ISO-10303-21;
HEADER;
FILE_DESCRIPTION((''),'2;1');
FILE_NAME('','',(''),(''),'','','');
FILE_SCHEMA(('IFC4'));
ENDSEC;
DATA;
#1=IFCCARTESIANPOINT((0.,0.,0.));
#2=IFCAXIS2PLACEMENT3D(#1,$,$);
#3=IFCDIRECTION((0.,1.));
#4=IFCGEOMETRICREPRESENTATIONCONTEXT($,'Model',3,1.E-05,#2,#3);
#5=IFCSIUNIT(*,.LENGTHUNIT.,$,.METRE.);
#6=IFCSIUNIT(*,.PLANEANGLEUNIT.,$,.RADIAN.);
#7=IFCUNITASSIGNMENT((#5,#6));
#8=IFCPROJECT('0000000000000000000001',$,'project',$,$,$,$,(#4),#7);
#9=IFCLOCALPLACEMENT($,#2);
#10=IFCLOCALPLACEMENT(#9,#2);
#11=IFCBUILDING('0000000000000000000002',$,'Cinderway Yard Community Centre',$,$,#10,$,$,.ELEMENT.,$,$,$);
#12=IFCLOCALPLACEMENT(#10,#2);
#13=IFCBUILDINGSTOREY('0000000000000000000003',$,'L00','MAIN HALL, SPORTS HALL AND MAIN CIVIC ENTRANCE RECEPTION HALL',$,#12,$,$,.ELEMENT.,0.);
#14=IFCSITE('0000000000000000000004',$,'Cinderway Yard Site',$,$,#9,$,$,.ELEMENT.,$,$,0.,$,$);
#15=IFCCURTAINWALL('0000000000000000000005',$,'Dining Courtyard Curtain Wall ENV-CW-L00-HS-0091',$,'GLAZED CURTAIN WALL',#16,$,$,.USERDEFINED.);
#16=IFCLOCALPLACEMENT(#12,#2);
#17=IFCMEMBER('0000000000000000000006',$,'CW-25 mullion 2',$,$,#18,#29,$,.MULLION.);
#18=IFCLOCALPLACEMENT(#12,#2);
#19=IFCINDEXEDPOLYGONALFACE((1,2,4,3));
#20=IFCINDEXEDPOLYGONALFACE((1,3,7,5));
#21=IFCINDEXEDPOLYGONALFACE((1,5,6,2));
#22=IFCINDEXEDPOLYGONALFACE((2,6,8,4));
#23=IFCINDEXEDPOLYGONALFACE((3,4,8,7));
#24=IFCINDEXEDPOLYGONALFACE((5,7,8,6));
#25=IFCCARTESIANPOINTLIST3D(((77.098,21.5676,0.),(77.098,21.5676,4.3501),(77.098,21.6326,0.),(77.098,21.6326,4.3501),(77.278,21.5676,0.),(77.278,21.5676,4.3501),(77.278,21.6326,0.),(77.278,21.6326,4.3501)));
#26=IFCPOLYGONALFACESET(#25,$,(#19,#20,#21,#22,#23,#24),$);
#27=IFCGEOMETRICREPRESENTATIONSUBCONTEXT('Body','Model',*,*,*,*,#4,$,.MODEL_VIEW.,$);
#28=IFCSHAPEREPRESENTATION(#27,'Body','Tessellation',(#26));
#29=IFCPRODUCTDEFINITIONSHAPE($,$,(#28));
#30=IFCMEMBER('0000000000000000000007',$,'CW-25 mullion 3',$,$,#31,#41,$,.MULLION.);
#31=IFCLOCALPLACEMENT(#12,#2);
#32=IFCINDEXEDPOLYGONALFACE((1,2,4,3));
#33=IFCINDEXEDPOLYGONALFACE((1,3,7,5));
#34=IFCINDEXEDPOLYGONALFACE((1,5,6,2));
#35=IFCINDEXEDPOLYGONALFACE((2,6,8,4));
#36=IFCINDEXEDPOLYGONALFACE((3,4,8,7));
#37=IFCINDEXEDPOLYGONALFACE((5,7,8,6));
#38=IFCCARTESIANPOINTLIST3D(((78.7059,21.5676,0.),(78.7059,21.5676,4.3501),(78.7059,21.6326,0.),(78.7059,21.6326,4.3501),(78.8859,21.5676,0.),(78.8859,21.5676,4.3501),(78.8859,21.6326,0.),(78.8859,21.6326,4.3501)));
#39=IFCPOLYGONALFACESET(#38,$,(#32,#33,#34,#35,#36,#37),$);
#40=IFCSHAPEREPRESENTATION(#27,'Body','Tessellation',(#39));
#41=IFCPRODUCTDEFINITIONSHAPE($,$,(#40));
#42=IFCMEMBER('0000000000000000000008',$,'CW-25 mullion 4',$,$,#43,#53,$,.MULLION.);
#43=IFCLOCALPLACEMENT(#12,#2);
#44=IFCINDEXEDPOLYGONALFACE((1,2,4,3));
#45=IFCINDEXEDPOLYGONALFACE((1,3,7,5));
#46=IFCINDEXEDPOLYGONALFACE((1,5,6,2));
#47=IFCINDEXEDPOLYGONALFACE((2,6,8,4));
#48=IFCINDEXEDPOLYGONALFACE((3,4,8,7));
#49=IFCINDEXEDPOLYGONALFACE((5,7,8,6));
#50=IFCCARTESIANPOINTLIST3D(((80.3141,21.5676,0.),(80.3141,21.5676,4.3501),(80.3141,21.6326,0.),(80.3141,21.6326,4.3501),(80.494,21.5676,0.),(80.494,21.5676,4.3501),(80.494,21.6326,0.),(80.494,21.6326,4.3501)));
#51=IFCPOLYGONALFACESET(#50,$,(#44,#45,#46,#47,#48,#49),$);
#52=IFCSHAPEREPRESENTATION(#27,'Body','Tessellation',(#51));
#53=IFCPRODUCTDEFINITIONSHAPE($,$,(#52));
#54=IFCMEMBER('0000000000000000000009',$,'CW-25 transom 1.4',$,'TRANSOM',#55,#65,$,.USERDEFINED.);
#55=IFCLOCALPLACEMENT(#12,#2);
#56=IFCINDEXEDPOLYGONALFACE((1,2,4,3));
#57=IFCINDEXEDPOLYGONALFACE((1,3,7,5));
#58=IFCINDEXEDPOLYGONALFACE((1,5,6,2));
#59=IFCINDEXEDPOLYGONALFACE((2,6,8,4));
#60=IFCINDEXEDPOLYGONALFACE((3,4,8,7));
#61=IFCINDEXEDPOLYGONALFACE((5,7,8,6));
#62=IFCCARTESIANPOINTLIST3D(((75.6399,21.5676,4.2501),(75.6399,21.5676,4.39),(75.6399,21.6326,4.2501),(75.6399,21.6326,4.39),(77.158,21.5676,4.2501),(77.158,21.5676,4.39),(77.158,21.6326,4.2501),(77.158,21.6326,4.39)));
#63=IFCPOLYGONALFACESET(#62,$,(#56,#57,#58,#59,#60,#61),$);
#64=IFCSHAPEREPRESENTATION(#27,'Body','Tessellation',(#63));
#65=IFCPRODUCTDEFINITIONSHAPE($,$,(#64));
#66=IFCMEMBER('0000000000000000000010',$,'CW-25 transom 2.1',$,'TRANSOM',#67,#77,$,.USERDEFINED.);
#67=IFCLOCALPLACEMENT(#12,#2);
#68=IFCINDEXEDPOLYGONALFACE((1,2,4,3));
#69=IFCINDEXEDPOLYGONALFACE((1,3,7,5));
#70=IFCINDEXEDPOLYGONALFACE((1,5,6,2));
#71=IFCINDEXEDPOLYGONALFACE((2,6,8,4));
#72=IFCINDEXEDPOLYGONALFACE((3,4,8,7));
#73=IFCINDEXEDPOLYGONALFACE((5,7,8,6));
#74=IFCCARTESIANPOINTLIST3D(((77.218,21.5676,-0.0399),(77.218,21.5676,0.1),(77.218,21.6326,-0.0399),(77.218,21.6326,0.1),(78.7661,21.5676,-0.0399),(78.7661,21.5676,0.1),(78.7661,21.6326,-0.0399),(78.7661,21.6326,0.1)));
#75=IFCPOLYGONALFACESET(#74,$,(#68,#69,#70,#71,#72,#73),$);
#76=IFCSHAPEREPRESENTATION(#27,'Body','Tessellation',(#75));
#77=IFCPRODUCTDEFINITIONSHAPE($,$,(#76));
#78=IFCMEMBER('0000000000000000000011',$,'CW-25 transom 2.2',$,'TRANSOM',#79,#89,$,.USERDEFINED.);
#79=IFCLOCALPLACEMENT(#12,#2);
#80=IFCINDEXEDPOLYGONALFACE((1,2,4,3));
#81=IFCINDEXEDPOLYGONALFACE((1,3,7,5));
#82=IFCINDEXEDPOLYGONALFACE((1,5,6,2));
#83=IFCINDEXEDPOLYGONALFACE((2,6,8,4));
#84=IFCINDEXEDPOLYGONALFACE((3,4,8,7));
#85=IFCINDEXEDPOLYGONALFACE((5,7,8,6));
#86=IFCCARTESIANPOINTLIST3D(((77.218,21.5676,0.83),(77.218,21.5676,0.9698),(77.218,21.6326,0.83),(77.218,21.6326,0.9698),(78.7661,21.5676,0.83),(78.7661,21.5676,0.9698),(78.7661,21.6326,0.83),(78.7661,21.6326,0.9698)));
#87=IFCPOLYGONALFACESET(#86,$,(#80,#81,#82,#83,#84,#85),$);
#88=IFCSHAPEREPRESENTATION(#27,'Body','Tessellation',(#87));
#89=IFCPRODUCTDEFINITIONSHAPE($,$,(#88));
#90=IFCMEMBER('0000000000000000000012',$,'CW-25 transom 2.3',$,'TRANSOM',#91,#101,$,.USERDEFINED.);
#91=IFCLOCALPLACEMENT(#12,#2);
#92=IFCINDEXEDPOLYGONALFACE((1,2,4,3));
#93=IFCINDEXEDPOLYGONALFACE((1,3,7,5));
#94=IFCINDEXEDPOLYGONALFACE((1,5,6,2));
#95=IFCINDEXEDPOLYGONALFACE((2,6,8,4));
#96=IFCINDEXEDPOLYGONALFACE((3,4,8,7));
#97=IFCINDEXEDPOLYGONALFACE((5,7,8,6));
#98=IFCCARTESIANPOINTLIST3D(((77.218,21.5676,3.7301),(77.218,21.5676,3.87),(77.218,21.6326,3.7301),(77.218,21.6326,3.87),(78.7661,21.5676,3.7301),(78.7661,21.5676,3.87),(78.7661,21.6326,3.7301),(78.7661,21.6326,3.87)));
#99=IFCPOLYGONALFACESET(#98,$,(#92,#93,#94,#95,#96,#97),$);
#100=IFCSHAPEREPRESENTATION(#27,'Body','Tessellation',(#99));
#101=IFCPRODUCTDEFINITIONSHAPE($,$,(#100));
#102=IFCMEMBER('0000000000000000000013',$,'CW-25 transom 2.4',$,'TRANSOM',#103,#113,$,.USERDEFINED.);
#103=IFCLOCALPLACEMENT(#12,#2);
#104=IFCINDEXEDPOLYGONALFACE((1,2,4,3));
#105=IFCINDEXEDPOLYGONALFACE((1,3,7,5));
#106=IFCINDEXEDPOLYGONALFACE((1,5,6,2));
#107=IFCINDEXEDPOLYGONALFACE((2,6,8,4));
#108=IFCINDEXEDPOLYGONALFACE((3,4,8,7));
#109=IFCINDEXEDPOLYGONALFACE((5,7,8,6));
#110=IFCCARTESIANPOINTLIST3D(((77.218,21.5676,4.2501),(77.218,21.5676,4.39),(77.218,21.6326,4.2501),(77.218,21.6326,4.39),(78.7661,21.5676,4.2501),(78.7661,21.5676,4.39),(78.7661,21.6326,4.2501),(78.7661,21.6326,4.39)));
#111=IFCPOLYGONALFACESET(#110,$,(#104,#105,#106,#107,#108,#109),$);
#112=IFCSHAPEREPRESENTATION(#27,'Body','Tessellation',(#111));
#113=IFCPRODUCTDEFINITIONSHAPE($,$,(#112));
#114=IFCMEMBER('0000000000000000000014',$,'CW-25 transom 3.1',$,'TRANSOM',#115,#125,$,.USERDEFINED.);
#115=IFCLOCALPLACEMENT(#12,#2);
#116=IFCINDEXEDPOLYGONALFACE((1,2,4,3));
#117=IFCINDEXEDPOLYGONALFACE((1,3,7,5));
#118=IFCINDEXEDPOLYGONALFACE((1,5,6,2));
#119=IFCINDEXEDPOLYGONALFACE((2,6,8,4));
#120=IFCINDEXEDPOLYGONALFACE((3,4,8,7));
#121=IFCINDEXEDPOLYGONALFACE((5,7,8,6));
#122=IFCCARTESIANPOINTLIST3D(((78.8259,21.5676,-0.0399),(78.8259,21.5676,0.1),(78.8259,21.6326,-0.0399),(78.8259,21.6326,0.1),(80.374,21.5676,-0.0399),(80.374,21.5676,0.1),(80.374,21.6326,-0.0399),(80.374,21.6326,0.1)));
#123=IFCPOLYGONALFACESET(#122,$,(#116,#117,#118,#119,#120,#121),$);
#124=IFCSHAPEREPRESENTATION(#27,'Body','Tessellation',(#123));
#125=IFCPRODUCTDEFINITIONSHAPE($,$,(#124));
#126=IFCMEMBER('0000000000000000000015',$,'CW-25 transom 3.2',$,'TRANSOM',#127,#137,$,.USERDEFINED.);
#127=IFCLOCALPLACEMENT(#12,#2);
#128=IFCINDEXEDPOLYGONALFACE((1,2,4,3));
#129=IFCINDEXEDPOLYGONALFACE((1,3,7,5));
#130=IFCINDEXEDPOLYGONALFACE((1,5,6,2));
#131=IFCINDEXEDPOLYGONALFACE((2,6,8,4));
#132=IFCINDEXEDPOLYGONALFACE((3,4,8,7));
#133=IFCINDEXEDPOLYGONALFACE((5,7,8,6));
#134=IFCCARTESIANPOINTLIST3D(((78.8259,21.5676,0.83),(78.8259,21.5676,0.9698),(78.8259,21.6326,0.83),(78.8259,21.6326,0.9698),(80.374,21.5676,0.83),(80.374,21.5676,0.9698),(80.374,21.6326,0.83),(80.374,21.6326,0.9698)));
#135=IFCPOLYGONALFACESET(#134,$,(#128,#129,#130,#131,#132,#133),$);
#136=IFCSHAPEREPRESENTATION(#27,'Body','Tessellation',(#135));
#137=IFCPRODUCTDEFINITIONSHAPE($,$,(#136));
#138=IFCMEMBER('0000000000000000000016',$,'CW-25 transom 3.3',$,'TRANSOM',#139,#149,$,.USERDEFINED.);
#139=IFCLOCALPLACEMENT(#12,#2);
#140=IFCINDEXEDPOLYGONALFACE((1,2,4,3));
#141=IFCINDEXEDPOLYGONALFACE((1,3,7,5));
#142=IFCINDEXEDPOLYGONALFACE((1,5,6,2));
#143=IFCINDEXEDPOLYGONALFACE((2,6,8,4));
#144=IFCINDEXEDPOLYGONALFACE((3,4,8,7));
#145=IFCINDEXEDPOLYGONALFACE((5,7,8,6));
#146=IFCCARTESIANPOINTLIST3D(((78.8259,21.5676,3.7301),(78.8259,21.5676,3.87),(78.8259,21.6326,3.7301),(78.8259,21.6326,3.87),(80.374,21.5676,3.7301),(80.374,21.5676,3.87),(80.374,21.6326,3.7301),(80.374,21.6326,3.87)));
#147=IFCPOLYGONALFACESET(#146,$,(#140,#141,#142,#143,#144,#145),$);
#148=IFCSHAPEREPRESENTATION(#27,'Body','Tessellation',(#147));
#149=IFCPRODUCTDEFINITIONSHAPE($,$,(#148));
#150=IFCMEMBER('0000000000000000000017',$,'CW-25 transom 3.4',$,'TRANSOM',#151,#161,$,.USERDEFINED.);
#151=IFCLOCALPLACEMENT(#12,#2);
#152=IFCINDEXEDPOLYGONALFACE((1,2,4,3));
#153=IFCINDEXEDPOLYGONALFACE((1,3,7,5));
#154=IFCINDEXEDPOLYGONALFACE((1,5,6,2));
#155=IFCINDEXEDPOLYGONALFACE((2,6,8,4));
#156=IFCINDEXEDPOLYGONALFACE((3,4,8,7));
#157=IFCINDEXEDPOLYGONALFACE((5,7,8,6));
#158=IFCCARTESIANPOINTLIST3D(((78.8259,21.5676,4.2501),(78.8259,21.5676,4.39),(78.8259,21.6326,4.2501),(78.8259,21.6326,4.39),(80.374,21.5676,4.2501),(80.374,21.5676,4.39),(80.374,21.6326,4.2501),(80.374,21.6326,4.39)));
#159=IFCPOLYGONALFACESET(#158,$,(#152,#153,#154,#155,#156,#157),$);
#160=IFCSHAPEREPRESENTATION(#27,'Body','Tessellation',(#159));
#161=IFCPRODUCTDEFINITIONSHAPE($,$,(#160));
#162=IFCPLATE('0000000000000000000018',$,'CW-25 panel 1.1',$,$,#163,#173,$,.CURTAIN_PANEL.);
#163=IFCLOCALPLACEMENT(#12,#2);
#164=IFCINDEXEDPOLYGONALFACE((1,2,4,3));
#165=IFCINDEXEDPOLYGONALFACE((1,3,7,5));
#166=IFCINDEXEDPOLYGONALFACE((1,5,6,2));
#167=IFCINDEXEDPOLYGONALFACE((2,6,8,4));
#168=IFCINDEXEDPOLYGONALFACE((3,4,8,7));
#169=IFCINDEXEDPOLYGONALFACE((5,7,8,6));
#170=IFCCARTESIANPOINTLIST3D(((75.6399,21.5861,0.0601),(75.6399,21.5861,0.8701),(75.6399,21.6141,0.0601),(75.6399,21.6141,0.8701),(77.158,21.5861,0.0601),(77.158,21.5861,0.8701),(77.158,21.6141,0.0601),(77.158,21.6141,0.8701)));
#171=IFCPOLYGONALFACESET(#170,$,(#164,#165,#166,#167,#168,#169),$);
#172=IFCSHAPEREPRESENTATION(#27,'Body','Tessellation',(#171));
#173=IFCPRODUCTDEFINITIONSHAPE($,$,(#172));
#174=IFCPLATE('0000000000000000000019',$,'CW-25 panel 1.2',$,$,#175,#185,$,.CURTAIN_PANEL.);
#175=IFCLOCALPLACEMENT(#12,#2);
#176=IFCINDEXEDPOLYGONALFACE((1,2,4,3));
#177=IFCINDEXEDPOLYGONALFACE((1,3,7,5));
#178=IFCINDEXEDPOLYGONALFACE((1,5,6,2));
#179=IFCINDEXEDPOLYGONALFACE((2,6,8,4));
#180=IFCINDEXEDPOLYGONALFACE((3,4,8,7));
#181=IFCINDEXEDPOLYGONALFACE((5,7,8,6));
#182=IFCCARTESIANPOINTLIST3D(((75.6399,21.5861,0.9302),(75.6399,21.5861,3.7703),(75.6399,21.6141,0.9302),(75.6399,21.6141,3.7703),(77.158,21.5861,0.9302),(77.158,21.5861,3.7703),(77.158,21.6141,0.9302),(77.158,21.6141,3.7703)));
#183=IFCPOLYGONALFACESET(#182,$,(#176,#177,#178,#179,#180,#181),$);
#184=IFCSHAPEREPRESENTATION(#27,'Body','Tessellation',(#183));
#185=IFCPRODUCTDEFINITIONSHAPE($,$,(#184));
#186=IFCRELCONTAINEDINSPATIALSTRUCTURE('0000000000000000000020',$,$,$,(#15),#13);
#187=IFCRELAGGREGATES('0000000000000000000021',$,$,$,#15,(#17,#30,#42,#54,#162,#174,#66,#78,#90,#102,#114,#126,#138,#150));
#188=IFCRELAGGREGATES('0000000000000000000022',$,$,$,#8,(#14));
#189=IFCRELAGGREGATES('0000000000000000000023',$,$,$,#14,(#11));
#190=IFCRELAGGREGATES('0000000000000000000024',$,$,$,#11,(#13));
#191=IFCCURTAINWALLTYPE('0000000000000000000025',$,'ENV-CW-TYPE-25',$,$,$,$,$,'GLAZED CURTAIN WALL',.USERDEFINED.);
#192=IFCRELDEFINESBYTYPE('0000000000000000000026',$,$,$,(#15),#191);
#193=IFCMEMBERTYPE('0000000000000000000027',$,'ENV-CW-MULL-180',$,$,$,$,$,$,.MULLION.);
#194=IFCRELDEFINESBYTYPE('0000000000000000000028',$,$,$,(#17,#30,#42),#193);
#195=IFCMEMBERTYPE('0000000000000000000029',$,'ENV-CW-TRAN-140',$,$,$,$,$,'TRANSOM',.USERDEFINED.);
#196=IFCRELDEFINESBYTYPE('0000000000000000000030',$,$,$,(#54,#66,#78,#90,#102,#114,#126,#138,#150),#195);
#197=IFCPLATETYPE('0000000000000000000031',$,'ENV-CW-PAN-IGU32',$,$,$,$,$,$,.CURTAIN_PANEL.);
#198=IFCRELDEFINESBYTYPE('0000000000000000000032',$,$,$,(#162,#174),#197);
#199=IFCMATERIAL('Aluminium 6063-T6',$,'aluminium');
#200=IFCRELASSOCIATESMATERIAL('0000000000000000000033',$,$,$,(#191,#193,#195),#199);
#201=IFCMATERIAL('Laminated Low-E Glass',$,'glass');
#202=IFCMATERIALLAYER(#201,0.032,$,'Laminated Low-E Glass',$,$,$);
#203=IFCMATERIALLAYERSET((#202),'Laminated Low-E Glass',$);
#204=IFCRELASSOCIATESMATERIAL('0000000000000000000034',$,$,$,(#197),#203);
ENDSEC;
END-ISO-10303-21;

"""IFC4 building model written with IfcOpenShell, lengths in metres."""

from ifc_helpers import new_model, si_unit, direction, frame, origin, origin_2d, place, context, subcontext, project, spatial, rectangle, extrude, material, layer, layer_set, material_profile, profile_set, type_object, element, aggregate, save


model = new_model("IFC4")

# Units and contexts
model_context = context("Model", 3, precision=1e-05, world=origin(), true_north=direction((0.0, 1.0)))
body_context = subcontext(model_context, "Body", "Model", "MODEL_VIEW")
ifc_project = project(units=[si_unit("LENGTHUNIT", "METRE"), si_unit("PLANEANGLEUNIT", "RADIAN")], contexts=[model_context])

# Site, building, storey
site_placement = place(None, origin())
site = spatial("IfcSite", under=ifc_project, at=site_placement, Name="Cinderway Yard Site", CompositionType="ELEMENT", RefElevation=0.0)
building_placement = place(site_placement, origin())
building = spatial("IfcBuilding", under=site, at=building_placement, Name="Cinderway Yard Community Centre", CompositionType="ELEMENT")
storey_placement = place(building_placement, origin())
storey = spatial("IfcBuildingStorey", under=building, at=storey_placement, Name="L00", Description="MAIN HALL, SPORTS HALL AND MAIN CIVIC ENTRANCE RECEPTION HALL", CompositionType="ELEMENT", Elevation=0.0)

# Curtain wall, members, plates
ifc_material_1 = material(Name="Aluminium 6063-T6", Category="aluminium")
curtain_wall_type = type_object("IfcCurtainWallType", Name="ENV-CW-TYPE-25", ElementType="GLAZED CURTAIN WALL", PredefinedType="USERDEFINED", material=ifc_material_1)
curtain_wall_placement = place(storey_placement, origin())
curtain_wall = element("IfcCurtainWall", 1, at=curtain_wall_placement, inside=storey, type_object=curtain_wall_type, Name="Dining Courtyard Curtain Wall ENV-CW-L00-HS-0091", ObjectType="GLAZED CURTAIN WALL", PredefinedType="USERDEFINED")
ifc_material_profile_1 = material_profile(ifc_material_1, rectangle(XDim=0.0649, YDim=0.1799, at=origin_2d()), Name="Aluminium 6063-T6")
ifc_profile_set_1 = profile_set([ifc_material_profile_1], Name="Aluminium 6063-T6")
member_type_1 = type_object("IfcMemberType", Name="ENV-CW-MULL-180", PredefinedType="MULLION", material=ifc_profile_set_1)
member_1_placement = place(storey_placement, frame((77.188, 21.6001, 0.0), z_axis=(0.0, 0.0, 1.0), x_axis=(0.0, 1.0, 0.0)))
member_1 = element("IfcMember", 2, at=member_1_placement, type_object=member_type_1, Name="CW-25 mullion 2", PredefinedType="MULLION", context=body_context, shape_type="SweptSolid", body=[
    extrude(rectangle(XDim=0.0649, YDim=0.1799, at=origin_2d()), origin(), (0.0, 0.0, 1.0), 4.3501),
])
member_2_placement = place(storey_placement, frame((78.7959, 21.6001, 0.0), z_axis=(0.0, 0.0, 1.0), x_axis=(0.0, 1.0, 0.0)))
member_2 = element("IfcMember", 3, at=member_2_placement, type_object=member_type_1, Name="CW-25 mullion 3", PredefinedType="MULLION", context=body_context, shape_type="SweptSolid", body=[
    extrude(rectangle(XDim=0.0649, YDim=0.1799, at=origin_2d()), origin(), (0.0, 0.0, 1.0), 4.3501),
])
member_3_placement = place(storey_placement, frame((80.4041, 21.6001, 0.0), z_axis=(0.0, 0.0, 1.0), x_axis=(0.0, 1.0, 0.0)))
member_3 = element("IfcMember", 4, at=member_3_placement, type_object=member_type_1, Name="CW-25 mullion 4", PredefinedType="MULLION", context=body_context, shape_type="SweptSolid", body=[
    extrude(rectangle(XDim=0.0649, YDim=0.1799, at=origin_2d()), origin(), (0.0, 0.0, 1.0), 4.3501),
])
ifc_material_profile_2 = material_profile(ifc_material_1, rectangle(XDim=0.0649, YDim=0.1399, at=origin_2d()), Name="Aluminium 6063-T6")
ifc_profile_set_2 = profile_set([ifc_material_profile_2], Name="Aluminium 6063-T6")
member_type_2 = type_object("IfcMemberType", Name="ENV-CW-TRAN-140", ElementType="TRANSOM", PredefinedType="USERDEFINED", material=ifc_profile_set_2)
member_4_placement = place(storey_placement, frame((75.6399, 21.6001, 4.3201), z_axis=(1.0, 0.0, 0.0), x_axis=(0.0, 1.0, 0.0)))
member_4 = element("IfcMember", 5, at=member_4_placement, type_object=member_type_2, Name="CW-25 transom 1.4", ObjectType="TRANSOM", PredefinedType="USERDEFINED", context=body_context, shape_type="SweptSolid", body=[
    extrude(rectangle(XDim=0.0649, YDim=0.1399, at=origin_2d()), origin(), (0.0, 0.0, 1.0), 1.5181),
])
member_5_placement = place(storey_placement, frame((77.218, 21.6001, 0.03), z_axis=(1.0, 0.0, 0.0), x_axis=(0.0, 1.0, 0.0)))
member_5 = element("IfcMember", 6, at=member_5_placement, type_object=member_type_2, Name="CW-25 transom 2.1", ObjectType="TRANSOM", PredefinedType="USERDEFINED", context=body_context, shape_type="SweptSolid", body=[
    extrude(rectangle(XDim=0.0649, YDim=0.1399, at=origin_2d()), origin(), (0.0, 0.0, 1.0), 1.5481),
])
member_6_placement = place(storey_placement, frame((77.218, 21.6001, 0.8999), z_axis=(1.0, 0.0, 0.0), x_axis=(0.0, 1.0, 0.0)))
member_6 = element("IfcMember", 7, at=member_6_placement, type_object=member_type_2, Name="CW-25 transom 2.2", ObjectType="TRANSOM", PredefinedType="USERDEFINED", context=body_context, shape_type="SweptSolid", body=[
    extrude(rectangle(XDim=0.0649, YDim=0.1399, at=origin_2d()), origin(), (0.0, 0.0, 1.0), 1.5481),
])
member_7_placement = place(storey_placement, frame((77.218, 21.6001, 3.8), z_axis=(1.0, 0.0, 0.0), x_axis=(0.0, 1.0, 0.0)))
member_7 = element("IfcMember", 8, at=member_7_placement, type_object=member_type_2, Name="CW-25 transom 2.3", ObjectType="TRANSOM", PredefinedType="USERDEFINED", context=body_context, shape_type="SweptSolid", body=[
    extrude(rectangle(XDim=0.0649, YDim=0.1399, at=origin_2d()), origin(), (0.0, 0.0, 1.0), 1.5481),
])
member_8_placement = place(storey_placement, frame((77.218, 21.6001, 4.3201), z_axis=(1.0, 0.0, 0.0), x_axis=(0.0, 1.0, 0.0)))
member_8 = element("IfcMember", 9, at=member_8_placement, type_object=member_type_2, Name="CW-25 transom 2.4", ObjectType="TRANSOM", PredefinedType="USERDEFINED", context=body_context, shape_type="SweptSolid", body=[
    extrude(rectangle(XDim=0.0649, YDim=0.1399, at=origin_2d()), origin(), (0.0, 0.0, 1.0), 1.5481),
])
member_9_placement = place(storey_placement, frame((78.8259, 21.6001, 0.03), z_axis=(1.0, 0.0, 0.0), x_axis=(0.0, 1.0, 0.0)))
member_9 = element("IfcMember", 10, at=member_9_placement, type_object=member_type_2, Name="CW-25 transom 3.1", ObjectType="TRANSOM", PredefinedType="USERDEFINED", context=body_context, shape_type="SweptSolid", body=[
    extrude(rectangle(XDim=0.0649, YDim=0.1399, at=origin_2d()), origin(), (0.0, 0.0, 1.0), 1.5481),
])
member_10_placement = place(storey_placement, frame((78.8259, 21.6001, 0.8999), z_axis=(1.0, 0.0, 0.0), x_axis=(0.0, 1.0, 0.0)))
member_10 = element("IfcMember", 11, at=member_10_placement, type_object=member_type_2, Name="CW-25 transom 3.2", ObjectType="TRANSOM", PredefinedType="USERDEFINED", context=body_context, shape_type="SweptSolid", body=[
    extrude(rectangle(XDim=0.0649, YDim=0.1399, at=origin_2d()), origin(), (0.0, 0.0, 1.0), 1.5481),
])
member_11_placement = place(storey_placement, frame((78.8259, 21.6001, 3.8), z_axis=(1.0, 0.0, 0.0), x_axis=(0.0, 1.0, 0.0)))
member_11 = element("IfcMember", 12, at=member_11_placement, type_object=member_type_2, Name="CW-25 transom 3.3", ObjectType="TRANSOM", PredefinedType="USERDEFINED", context=body_context, shape_type="SweptSolid", body=[
    extrude(rectangle(XDim=0.0649, YDim=0.1399, at=origin_2d()), origin(), (0.0, 0.0, 1.0), 1.5481),
])
member_12_placement = place(storey_placement, frame((78.8259, 21.6001, 4.3201), z_axis=(1.0, 0.0, 0.0), x_axis=(0.0, 1.0, 0.0)))
member_12 = element("IfcMember", 13, at=member_12_placement, type_object=member_type_2, Name="CW-25 transom 3.4", ObjectType="TRANSOM", PredefinedType="USERDEFINED", context=body_context, shape_type="SweptSolid", body=[
    extrude(rectangle(XDim=0.0649, YDim=0.1399, at=origin_2d()), origin(), (0.0, 0.0, 1.0), 1.5481),
])
ifc_material_2 = material(Name="Laminated Low-E Glass", Category="glass")
ifc_layer = layer(ifc_material_2, 0.032, Name="Laminated Low-E Glass")
ifc_layer_set = layer_set([ifc_layer], Name="Laminated Low-E Glass")
plate_type = type_object("IfcPlateType", Name="ENV-CW-PAN-IGU32", PredefinedType="CURTAIN_PANEL", material=ifc_layer_set)
plate_1_placement = place(storey_placement, frame((76.3989, 21.6001, 0.0601), z_axis=(0.0, 0.0, 1.0), x_axis=(1.0, 0.0, 0.0)))
plate_1 = element("IfcPlate", 14, at=plate_1_placement, type_object=plate_type, Name="CW-25 panel 1.1", PredefinedType="CURTAIN_PANEL", context=body_context, shape_type="SweptSolid", body=[
    extrude(rectangle(XDim=1.5181, YDim=0.0281, at=origin_2d()), origin(), (0.0, 0.0, 1.0), 0.8101),
])
plate_2_placement = place(storey_placement, frame((76.3989, 21.6001, 0.9302), z_axis=(0.0, 0.0, 1.0), x_axis=(1.0, 0.0, 0.0)))
plate_2 = element("IfcPlate", 15, at=plate_2_placement, type_object=plate_type, Name="CW-25 panel 1.2", PredefinedType="CURTAIN_PANEL", context=body_context, shape_type="SweptSolid", body=[
    extrude(rectangle(XDim=1.5181, YDim=0.0281, at=origin_2d()), origin(), (0.0, 0.0, 1.0), 2.8401),
])
aggregate(curtain_wall, [member_1, member_2, member_3, member_4, plate_1, plate_2, member_5, member_6, member_7, member_8, member_9, member_10, member_11, member_12])

save(model, "model.ifc")
